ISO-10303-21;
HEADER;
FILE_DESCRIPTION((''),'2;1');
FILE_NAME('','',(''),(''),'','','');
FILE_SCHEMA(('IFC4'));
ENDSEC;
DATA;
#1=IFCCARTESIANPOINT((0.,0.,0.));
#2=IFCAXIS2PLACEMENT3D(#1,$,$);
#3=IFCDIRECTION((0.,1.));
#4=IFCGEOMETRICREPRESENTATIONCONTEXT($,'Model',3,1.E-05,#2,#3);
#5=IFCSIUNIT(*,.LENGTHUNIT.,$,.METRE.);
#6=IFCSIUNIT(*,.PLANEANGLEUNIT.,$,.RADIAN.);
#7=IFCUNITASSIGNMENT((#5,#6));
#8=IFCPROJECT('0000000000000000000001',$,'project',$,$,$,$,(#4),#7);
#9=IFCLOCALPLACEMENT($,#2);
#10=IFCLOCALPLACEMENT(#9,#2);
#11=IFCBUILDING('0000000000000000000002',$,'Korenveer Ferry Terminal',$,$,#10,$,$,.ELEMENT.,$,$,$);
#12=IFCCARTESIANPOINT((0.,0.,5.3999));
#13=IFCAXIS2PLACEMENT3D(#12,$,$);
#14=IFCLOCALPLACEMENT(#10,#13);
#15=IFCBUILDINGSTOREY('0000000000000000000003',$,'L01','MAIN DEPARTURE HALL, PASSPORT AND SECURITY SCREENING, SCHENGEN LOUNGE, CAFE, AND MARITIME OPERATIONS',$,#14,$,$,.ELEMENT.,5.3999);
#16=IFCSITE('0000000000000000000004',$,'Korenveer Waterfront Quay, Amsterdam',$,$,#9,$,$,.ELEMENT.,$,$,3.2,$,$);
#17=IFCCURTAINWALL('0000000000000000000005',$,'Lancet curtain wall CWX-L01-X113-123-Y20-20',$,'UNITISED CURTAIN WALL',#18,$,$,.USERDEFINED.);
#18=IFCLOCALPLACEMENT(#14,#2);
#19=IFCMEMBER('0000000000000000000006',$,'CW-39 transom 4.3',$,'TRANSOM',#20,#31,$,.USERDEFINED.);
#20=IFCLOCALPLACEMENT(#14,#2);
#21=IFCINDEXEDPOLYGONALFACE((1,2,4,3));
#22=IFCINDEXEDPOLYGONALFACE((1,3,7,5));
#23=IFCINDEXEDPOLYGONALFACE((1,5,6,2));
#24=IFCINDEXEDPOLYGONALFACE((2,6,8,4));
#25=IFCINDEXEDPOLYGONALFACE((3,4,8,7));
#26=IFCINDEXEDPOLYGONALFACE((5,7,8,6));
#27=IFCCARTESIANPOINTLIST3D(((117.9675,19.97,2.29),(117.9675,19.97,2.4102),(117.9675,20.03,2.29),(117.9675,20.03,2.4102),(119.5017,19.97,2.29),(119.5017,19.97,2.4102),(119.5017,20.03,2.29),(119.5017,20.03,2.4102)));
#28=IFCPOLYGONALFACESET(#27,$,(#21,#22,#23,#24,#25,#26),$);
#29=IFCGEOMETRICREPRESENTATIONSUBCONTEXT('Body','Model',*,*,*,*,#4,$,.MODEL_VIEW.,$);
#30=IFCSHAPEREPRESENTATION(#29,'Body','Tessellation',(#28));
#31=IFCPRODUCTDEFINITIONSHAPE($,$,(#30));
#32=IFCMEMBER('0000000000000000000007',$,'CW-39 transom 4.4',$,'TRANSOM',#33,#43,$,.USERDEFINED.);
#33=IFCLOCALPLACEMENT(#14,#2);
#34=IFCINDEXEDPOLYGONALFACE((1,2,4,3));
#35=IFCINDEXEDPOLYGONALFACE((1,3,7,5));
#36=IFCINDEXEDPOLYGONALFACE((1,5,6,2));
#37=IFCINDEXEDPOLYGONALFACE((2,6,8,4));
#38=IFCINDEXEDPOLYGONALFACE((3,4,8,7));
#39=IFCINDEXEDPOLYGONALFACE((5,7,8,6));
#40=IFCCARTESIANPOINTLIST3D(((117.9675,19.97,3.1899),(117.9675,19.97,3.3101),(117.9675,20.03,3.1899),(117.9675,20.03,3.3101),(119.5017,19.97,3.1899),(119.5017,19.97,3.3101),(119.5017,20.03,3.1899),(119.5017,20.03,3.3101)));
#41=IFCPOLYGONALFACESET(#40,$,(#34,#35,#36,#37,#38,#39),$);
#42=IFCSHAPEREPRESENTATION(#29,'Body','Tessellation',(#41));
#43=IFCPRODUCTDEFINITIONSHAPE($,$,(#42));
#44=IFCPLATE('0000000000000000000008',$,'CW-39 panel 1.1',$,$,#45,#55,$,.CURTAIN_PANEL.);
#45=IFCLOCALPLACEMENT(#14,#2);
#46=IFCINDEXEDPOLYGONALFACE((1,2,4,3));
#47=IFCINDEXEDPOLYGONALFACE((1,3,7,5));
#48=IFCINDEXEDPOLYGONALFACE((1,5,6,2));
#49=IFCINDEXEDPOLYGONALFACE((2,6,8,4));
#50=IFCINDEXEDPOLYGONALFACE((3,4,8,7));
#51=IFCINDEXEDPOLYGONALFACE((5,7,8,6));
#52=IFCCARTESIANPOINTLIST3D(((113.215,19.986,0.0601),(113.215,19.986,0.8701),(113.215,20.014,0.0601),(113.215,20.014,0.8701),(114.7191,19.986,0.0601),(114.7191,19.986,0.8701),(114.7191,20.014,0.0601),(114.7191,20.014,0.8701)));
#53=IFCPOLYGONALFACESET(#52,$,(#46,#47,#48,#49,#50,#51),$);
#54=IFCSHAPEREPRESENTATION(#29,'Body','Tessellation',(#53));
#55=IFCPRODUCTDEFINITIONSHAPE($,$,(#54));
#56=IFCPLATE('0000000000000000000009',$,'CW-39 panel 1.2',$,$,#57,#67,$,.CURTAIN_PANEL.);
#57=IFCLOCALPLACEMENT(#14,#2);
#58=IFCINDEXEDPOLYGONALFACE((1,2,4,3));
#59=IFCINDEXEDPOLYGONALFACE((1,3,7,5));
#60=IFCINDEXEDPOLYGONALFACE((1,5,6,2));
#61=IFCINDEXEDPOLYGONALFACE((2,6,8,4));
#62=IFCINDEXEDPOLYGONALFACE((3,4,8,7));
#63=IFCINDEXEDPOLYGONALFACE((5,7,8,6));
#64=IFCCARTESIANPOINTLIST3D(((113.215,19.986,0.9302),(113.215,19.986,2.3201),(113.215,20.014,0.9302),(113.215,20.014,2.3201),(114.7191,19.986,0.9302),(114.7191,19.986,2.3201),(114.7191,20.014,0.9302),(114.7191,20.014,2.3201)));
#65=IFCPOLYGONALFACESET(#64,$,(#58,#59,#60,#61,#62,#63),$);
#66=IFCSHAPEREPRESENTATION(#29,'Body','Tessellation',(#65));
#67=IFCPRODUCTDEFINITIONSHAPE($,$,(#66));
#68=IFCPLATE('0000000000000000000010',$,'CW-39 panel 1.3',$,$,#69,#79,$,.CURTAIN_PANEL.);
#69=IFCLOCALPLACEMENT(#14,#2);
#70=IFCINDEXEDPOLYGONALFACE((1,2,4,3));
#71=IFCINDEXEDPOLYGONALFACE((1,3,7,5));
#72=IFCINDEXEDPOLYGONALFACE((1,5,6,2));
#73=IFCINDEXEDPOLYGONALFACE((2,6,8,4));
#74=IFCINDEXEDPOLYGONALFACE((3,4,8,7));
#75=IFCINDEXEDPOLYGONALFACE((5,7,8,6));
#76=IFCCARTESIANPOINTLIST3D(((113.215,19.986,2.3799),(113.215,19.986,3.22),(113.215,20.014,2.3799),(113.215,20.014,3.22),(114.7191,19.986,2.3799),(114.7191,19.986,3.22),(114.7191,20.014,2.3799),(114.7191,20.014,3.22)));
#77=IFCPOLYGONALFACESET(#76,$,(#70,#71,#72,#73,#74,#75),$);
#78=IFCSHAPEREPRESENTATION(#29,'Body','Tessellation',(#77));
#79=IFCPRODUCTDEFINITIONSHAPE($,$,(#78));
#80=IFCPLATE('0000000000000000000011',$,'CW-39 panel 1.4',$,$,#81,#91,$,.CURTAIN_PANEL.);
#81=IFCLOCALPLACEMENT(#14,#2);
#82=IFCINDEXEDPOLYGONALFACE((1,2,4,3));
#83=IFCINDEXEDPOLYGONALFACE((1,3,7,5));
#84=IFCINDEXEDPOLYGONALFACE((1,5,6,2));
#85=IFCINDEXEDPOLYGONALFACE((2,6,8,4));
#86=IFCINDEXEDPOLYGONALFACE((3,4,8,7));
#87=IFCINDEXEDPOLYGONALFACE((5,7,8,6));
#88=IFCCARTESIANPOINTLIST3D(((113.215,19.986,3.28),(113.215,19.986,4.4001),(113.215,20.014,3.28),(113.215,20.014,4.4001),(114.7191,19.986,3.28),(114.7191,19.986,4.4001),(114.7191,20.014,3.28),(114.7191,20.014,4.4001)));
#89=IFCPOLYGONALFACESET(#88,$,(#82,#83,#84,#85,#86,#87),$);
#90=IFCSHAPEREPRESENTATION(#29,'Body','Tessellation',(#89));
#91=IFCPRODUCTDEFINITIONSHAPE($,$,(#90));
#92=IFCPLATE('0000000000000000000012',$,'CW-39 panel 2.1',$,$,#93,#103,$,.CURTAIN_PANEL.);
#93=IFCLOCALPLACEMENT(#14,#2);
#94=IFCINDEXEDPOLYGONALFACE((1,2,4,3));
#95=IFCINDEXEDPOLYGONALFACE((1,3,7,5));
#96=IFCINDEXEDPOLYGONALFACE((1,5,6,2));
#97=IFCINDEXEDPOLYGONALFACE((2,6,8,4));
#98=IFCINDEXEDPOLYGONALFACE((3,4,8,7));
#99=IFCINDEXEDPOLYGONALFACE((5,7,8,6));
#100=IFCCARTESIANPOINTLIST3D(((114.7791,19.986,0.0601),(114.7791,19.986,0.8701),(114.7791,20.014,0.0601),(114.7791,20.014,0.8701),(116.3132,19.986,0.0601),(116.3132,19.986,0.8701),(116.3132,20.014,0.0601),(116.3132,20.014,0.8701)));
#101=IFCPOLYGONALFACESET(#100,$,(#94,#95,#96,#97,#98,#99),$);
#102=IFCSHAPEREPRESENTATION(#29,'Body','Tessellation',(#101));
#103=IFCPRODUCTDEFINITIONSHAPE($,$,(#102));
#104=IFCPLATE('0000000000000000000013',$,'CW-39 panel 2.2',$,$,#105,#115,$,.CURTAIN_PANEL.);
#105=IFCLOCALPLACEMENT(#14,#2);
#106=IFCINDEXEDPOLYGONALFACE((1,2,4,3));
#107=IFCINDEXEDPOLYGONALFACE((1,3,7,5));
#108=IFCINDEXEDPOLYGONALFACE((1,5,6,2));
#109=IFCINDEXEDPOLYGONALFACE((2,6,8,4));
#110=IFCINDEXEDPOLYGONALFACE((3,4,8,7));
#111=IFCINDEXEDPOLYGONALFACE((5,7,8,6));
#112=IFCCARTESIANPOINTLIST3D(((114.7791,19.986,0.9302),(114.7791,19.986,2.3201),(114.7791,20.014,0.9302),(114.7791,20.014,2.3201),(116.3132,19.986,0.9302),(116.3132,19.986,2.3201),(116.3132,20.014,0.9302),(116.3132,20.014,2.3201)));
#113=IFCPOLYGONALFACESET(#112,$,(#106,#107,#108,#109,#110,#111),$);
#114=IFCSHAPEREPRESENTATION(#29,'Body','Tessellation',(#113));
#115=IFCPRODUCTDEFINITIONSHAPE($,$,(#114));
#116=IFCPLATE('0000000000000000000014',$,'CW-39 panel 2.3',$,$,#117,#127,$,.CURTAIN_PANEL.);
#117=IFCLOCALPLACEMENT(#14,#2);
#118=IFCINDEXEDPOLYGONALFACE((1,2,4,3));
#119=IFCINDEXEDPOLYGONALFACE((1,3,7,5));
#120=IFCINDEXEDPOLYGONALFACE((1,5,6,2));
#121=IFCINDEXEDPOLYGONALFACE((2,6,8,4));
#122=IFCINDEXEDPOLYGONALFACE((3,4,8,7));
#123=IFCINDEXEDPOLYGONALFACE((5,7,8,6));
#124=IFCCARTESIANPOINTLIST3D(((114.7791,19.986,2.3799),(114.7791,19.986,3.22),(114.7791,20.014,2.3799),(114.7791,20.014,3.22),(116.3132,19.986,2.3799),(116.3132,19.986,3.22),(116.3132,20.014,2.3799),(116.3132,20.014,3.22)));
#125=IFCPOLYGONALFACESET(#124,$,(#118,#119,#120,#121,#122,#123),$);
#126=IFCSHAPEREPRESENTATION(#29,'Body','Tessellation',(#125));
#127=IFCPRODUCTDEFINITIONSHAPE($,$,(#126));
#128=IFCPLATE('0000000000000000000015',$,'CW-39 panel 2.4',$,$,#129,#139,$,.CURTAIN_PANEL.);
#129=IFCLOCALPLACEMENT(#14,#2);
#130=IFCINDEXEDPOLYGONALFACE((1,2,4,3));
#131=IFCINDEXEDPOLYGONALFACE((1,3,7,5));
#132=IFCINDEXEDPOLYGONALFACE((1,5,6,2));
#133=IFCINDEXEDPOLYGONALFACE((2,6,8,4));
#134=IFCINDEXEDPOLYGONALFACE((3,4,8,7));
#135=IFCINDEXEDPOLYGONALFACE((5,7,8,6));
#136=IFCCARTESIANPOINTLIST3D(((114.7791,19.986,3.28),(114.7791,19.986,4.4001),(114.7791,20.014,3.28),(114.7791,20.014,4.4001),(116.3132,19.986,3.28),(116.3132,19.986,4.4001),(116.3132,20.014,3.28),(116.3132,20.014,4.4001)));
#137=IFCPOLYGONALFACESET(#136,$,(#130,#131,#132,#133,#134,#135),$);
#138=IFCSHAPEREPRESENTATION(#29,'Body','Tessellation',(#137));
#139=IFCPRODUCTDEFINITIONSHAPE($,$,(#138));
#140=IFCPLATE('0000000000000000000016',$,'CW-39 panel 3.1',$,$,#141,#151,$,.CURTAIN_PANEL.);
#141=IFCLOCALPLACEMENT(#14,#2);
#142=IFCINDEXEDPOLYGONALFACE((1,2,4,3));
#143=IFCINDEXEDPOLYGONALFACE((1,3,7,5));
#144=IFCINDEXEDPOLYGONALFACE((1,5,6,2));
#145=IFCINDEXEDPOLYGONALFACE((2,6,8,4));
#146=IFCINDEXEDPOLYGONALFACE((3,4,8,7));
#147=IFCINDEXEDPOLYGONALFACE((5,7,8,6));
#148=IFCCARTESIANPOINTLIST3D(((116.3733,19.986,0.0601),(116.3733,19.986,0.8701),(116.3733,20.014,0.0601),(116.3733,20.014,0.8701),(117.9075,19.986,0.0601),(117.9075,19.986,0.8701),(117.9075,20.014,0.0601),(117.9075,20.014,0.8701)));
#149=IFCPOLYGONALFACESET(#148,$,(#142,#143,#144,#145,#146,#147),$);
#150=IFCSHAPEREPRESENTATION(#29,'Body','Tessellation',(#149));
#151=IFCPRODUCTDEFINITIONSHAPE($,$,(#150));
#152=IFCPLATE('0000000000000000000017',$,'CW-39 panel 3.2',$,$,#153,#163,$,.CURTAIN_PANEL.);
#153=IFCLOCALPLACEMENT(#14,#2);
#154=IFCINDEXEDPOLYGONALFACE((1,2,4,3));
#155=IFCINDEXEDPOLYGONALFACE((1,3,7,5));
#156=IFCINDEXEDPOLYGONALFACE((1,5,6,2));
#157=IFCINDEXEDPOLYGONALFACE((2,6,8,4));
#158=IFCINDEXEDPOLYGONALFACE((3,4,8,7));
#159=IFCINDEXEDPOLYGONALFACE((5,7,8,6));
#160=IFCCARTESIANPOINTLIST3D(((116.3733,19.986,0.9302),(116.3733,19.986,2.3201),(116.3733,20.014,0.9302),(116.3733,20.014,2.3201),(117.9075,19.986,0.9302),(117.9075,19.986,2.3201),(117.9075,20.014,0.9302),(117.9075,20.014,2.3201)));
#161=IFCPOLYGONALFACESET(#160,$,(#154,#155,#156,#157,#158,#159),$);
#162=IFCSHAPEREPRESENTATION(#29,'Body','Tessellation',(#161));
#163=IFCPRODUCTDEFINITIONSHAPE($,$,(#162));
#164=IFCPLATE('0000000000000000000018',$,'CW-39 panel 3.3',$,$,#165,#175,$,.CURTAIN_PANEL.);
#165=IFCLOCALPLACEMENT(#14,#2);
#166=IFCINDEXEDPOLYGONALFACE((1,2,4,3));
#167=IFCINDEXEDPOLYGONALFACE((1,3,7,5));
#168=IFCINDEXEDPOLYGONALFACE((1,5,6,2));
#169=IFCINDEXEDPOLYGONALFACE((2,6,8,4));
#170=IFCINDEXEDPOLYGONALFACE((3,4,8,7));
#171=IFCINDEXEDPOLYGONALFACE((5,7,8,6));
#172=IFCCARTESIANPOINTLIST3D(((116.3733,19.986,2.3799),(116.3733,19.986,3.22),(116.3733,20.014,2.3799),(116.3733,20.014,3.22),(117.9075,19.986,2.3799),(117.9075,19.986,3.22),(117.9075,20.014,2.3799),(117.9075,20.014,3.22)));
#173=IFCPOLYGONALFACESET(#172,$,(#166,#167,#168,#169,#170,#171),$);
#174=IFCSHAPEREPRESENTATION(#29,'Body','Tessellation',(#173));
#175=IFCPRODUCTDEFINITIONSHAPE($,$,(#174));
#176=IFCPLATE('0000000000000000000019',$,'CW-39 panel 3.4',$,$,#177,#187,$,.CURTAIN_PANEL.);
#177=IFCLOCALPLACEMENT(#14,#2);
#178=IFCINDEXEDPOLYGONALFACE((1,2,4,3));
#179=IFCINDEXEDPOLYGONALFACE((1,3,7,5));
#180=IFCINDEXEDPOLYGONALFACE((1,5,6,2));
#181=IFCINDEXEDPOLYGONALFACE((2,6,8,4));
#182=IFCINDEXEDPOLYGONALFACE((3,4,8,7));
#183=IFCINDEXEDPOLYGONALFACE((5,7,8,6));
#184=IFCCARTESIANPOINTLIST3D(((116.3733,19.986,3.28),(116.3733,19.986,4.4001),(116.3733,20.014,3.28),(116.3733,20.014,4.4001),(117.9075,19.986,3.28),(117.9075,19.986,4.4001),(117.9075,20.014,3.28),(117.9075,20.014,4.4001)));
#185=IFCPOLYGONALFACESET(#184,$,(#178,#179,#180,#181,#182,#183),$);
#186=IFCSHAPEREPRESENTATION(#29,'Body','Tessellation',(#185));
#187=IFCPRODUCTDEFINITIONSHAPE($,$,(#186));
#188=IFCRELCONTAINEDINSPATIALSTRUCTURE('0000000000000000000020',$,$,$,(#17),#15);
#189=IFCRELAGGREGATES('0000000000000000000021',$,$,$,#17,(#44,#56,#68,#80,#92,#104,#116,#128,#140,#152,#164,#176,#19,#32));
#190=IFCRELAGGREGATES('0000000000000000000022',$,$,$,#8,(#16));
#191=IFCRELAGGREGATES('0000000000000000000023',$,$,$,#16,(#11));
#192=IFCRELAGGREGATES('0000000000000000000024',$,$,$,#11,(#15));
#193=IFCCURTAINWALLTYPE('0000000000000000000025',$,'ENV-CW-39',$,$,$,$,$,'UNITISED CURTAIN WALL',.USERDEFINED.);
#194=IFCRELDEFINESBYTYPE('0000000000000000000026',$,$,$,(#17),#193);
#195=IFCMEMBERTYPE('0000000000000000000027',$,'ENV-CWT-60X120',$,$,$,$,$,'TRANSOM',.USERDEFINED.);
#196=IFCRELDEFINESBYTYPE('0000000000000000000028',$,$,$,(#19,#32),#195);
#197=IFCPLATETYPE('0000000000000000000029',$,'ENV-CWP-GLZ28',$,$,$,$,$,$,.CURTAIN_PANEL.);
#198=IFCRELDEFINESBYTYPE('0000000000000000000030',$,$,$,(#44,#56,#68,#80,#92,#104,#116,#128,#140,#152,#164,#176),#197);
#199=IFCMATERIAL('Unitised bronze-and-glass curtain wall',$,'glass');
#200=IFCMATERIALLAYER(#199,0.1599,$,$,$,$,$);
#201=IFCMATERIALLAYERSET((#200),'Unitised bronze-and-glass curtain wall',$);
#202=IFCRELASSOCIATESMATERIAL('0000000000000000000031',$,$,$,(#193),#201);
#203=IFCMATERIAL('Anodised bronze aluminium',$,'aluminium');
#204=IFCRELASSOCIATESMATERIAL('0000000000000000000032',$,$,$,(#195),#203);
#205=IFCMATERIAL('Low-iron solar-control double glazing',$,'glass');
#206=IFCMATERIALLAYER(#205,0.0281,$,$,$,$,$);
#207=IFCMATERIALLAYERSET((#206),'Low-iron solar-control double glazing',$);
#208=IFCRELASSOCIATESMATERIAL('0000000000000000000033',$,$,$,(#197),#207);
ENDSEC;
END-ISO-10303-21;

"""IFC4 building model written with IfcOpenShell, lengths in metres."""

from ifc_helpers import new_model, si_unit, direction, frame, origin, origin_2d, place, context, subcontext, project, spatial, rectangle, extrude, material, layer, layer_set, material_profile, profile_set, type_object, element, aggregate, save


model = new_model("IFC4")

# Units and contexts
model_context = context("Model", 3, precision=1e-05, world=origin(), true_north=direction((0.0, 1.0)))
body_context = subcontext(model_context, "Body", "Model", "MODEL_VIEW")
ifc_project = project(units=[si_unit("LENGTHUNIT", "METRE"), si_unit("PLANEANGLEUNIT", "RADIAN")], contexts=[model_context])

# Site, building, storey
site_placement = place(None, origin())
site = spatial("IfcSite", under=ifc_project, at=site_placement, Name="Korenveer Waterfront Quay, Amsterdam", CompositionType="ELEMENT", RefElevation=3.2)
building_placement = place(site_placement, origin())
building = spatial("IfcBuilding", under=site, at=building_placement, Name="Korenveer Ferry Terminal", CompositionType="ELEMENT")
storey_placement = place(building_placement, frame((0.0, 0.0, 5.3999)))
storey = spatial("IfcBuildingStorey", under=building, at=storey_placement, Name="L01", Description="MAIN DEPARTURE HALL, PASSPORT AND SECURITY SCREENING, SCHENGEN LOUNGE, CAFE, AND MARITIME OPERATIONS", CompositionType="ELEMENT", Elevation=5.3999)

# Curtain wall, members, plates
ifc_material_1 = material(Name="Unitised bronze-and-glass curtain wall", Category="glass")
ifc_layer_1 = layer(ifc_material_1, 0.1599)
ifc_layer_set_1 = layer_set([ifc_layer_1], Name="Unitised bronze-and-glass curtain wall")
curtain_wall_type = type_object("IfcCurtainWallType", Name="ENV-CW-39", ElementType="UNITISED CURTAIN WALL", PredefinedType="USERDEFINED", material=ifc_layer_set_1)
curtain_wall_placement = place(storey_placement, frame((113.155, 20.0, 0.0)))
curtain_wall = element("IfcCurtainWall", 1, at=curtain_wall_placement, inside=storey, type_object=curtain_wall_type, Name="Lancet curtain wall CWX-L01-X113-123-Y20-20", ObjectType="UNITISED CURTAIN WALL", PredefinedType="USERDEFINED")
ifc_material_2 = material(Name="Anodised bronze aluminium", Category="aluminium")
ifc_material_profile_1 = material_profile(ifc_material_2, rectangle(XDim=0.0601, YDim=0.1201, at=origin_2d()), Name="ALU 60x120")
ifc_profile_set_1 = profile_set([ifc_material_profile_1], Name="Anodised bronze aluminium")
member_type_1 = type_object("IfcMemberType", Name="ENV-CWT-60X120", ElementType="TRANSOM", PredefinedType="USERDEFINED", material=ifc_profile_set_1)
member_1_placement = place(storey_placement, frame((117.9675, 20.0, 2.3501), z_axis=(1.0, 0.0, 0.0), x_axis=(0.0, 1.0, 0.0)))
member_1 = element("IfcMember", 2, at=member_1_placement, type_object=member_type_1, Name="CW-39 transom 4.3", ObjectType="TRANSOM", PredefinedType="USERDEFINED", context=body_context, shape_type="SweptSolid", body=[
    extrude(rectangle(XDim=0.0601, YDim=0.1201, at=origin_2d()), origin(), (0.0, 0.0, 1.0), 1.5342),
])
member_2_placement = place(storey_placement, frame((117.9675, 20.0, 3.25), z_axis=(1.0, 0.0, 0.0), x_axis=(0.0, 1.0, 0.0)))
member_2 = element("IfcMember", 3, at=member_2_placement, type_object=member_type_1, Name="CW-39 transom 4.4", ObjectType="TRANSOM", PredefinedType="USERDEFINED", context=body_context, shape_type="SweptSolid", body=[
    extrude(rectangle(XDim=0.0601, YDim=0.1201, at=origin_2d()), origin(), (0.0, 0.0, 1.0), 1.5342),
])
ifc_material_3 = material(Name="Low-iron solar-control double glazing", Category="glass")
ifc_layer_2 = layer(ifc_material_3, 0.0281)
ifc_layer_set_2 = layer_set([ifc_layer_2], Name="Low-iron solar-control double glazing")
plate_type_1 = type_object("IfcPlateType", Name="ENV-CWP-GLZ28", PredefinedType="CURTAIN_PANEL", material=ifc_layer_set_2)
plate_1_placement = place(storey_placement, frame((113.967, 20.0, 0.0601), z_axis=(0.0, 0.0, 1.0), x_axis=(1.0, 0.0, 0.0)))
plate_1 = element("IfcPlate", 4, at=plate_1_placement, type_object=plate_type_1, Name="CW-39 panel 1.1", PredefinedType="CURTAIN_PANEL", context=body_context, shape_type="SweptSolid", body=[
    extrude(rectangle(XDim=1.5042, YDim=0.0281, at=origin_2d()), origin(), (0.0, 0.0, 1.0), 0.8101),
])
plate_2_placement = place(storey_placement, frame((113.967, 20.0, 0.9302), z_axis=(0.0, 0.0, 1.0), x_axis=(1.0, 0.0, 0.0)))
plate_2 = element("IfcPlate", 5, at=plate_2_placement, type_object=plate_type_1, Name="CW-39 panel 1.2", PredefinedType="CURTAIN_PANEL", context=body_context, shape_type="SweptSolid", body=[
    extrude(rectangle(XDim=1.5042, YDim=0.0281, at=origin_2d()), origin(), (0.0, 0.0, 1.0), 1.3899),
])
plate_3_placement = place(storey_placement, frame((113.967, 20.0, 2.3799), z_axis=(0.0, 0.0, 1.0), x_axis=(1.0, 0.0, 0.0)))
plate_3 = element("IfcPlate", 6, at=plate_3_placement, type_object=plate_type_1, Name="CW-39 panel 1.3", PredefinedType="CURTAIN_PANEL", context=body_context, shape_type="SweptSolid", body=[
    extrude(rectangle(XDim=1.5042, YDim=0.0281, at=origin_2d()), origin(), (0.0, 0.0, 1.0), 0.8401),
])
plate_4_placement = place(storey_placement, frame((113.967, 20.0, 3.28), z_axis=(0.0, 0.0, 1.0), x_axis=(1.0, 0.0, 0.0)))
plate_4 = element("IfcPlate", 7, at=plate_4_placement, type_object=plate_type_1, Name="CW-39 panel 1.4", PredefinedType="CURTAIN_PANEL", context=body_context, shape_type="SweptSolid", body=[
    extrude(rectangle(XDim=1.5042, YDim=0.0281, at=origin_2d()), origin(), (0.0, 0.0, 1.0), 1.1201),
])
plate_5_placement = place(storey_placement, frame((115.5461, 20.0, 0.0601), z_axis=(0.0, 0.0, 1.0), x_axis=(1.0, 0.0, 0.0)))
plate_5 = element("IfcPlate", 8, at=plate_5_placement, type_object=plate_type_1, Name="CW-39 panel 2.1", PredefinedType="CURTAIN_PANEL", context=body_context, shape_type="SweptSolid", body=[
    extrude(rectangle(XDim=1.5342, YDim=0.0281, at=origin_2d()), origin(), (0.0, 0.0, 1.0), 0.8101),
])
plate_6_placement = place(storey_placement, frame((115.5461, 20.0, 0.9302), z_axis=(0.0, 0.0, 1.0), x_axis=(1.0, 0.0, 0.0)))
plate_6 = element("IfcPlate", 9, at=plate_6_placement, type_object=plate_type_1, Name="CW-39 panel 2.2", PredefinedType="CURTAIN_PANEL", context=body_context, shape_type="SweptSolid", body=[
    extrude(rectangle(XDim=1.5342, YDim=0.0281, at=origin_2d()), origin(), (0.0, 0.0, 1.0), 1.3899),
])
plate_7_placement = place(storey_placement, frame((115.5461, 20.0, 2.3799), z_axis=(0.0, 0.0, 1.0), x_axis=(1.0, 0.0, 0.0)))
plate_7 = element("IfcPlate", 10, at=plate_7_placement, type_object=plate_type_1, Name="CW-39 panel 2.3", PredefinedType="CURTAIN_PANEL", context=body_context, shape_type="SweptSolid", body=[
    extrude(rectangle(XDim=1.5342, YDim=0.0281, at=origin_2d()), origin(), (0.0, 0.0, 1.0), 0.8401),
])
plate_8_placement = place(storey_placement, frame((115.5461, 20.0, 3.28), z_axis=(0.0, 0.0, 1.0), x_axis=(1.0, 0.0, 0.0)))
plate_8 = element("IfcPlate", 11, at=plate_8_placement, type_object=plate_type_1, Name="CW-39 panel 2.4", PredefinedType="CURTAIN_PANEL", context=body_context, shape_type="SweptSolid", body=[
    extrude(rectangle(XDim=1.5342, YDim=0.0281, at=origin_2d()), origin(), (0.0, 0.0, 1.0), 1.1201),
])
plate_9_placement = place(storey_placement, frame((117.1404, 20.0, 0.0601), z_axis=(0.0, 0.0, 1.0), x_axis=(1.0, 0.0, 0.0)))
plate_9 = element("IfcPlate", 12, at=plate_9_placement, type_object=plate_type_1, Name="CW-39 panel 3.1", PredefinedType="CURTAIN_PANEL", context=body_context, shape_type="SweptSolid", body=[
    extrude(rectangle(XDim=1.5342, YDim=0.0281, at=origin_2d()), origin(), (0.0, 0.0, 1.0), 0.8101),
])
plate_10_placement = place(storey_placement, frame((117.1404, 20.0, 0.9302), z_axis=(0.0, 0.0, 1.0), x_axis=(1.0, 0.0, 0.0)))
plate_10 = element("IfcPlate", 13, at=plate_10_placement, type_object=plate_type_1, Name="CW-39 panel 3.2", PredefinedType="CURTAIN_PANEL", context=body_context, shape_type="SweptSolid", body=[
    extrude(rectangle(XDim=1.5342, YDim=0.0281, at=origin_2d()), origin(), (0.0, 0.0, 1.0), 1.3899),
])
plate_11_placement = place(storey_placement, frame((117.1404, 20.0, 2.3799), z_axis=(0.0, 0.0, 1.0), x_axis=(1.0, 0.0, 0.0)))
plate_11 = element("IfcPlate", 14, at=plate_11_placement, type_object=plate_type_1, Name="CW-39 panel 3.3", PredefinedType="CURTAIN_PANEL", context=body_context, shape_type="SweptSolid", body=[
    extrude(rectangle(XDim=1.5342, YDim=0.0281, at=origin_2d()), origin(), (0.0, 0.0, 1.0), 0.8401),
])
plate_12_placement = place(storey_placement, frame((117.1404, 20.0, 3.28), z_axis=(0.0, 0.0, 1.0), x_axis=(1.0, 0.0, 0.0)))
plate_12 = element("IfcPlate", 15, at=plate_12_placement, type_object=plate_type_1, Name="CW-39 panel 3.4", PredefinedType="CURTAIN_PANEL", context=body_context, shape_type="SweptSolid", body=[
    extrude(rectangle(XDim=1.5342, YDim=0.0281, at=origin_2d()), origin(), (0.0, 0.0, 1.0), 1.1201),
])
aggregate(curtain_wall, [plate_1, plate_2, plate_3, plate_4, plate_5, plate_6, plate_7, plate_8, plate_9, plate_10, plate_11, plate_12, member_1, member_2])

save(model, "model.ifc")
